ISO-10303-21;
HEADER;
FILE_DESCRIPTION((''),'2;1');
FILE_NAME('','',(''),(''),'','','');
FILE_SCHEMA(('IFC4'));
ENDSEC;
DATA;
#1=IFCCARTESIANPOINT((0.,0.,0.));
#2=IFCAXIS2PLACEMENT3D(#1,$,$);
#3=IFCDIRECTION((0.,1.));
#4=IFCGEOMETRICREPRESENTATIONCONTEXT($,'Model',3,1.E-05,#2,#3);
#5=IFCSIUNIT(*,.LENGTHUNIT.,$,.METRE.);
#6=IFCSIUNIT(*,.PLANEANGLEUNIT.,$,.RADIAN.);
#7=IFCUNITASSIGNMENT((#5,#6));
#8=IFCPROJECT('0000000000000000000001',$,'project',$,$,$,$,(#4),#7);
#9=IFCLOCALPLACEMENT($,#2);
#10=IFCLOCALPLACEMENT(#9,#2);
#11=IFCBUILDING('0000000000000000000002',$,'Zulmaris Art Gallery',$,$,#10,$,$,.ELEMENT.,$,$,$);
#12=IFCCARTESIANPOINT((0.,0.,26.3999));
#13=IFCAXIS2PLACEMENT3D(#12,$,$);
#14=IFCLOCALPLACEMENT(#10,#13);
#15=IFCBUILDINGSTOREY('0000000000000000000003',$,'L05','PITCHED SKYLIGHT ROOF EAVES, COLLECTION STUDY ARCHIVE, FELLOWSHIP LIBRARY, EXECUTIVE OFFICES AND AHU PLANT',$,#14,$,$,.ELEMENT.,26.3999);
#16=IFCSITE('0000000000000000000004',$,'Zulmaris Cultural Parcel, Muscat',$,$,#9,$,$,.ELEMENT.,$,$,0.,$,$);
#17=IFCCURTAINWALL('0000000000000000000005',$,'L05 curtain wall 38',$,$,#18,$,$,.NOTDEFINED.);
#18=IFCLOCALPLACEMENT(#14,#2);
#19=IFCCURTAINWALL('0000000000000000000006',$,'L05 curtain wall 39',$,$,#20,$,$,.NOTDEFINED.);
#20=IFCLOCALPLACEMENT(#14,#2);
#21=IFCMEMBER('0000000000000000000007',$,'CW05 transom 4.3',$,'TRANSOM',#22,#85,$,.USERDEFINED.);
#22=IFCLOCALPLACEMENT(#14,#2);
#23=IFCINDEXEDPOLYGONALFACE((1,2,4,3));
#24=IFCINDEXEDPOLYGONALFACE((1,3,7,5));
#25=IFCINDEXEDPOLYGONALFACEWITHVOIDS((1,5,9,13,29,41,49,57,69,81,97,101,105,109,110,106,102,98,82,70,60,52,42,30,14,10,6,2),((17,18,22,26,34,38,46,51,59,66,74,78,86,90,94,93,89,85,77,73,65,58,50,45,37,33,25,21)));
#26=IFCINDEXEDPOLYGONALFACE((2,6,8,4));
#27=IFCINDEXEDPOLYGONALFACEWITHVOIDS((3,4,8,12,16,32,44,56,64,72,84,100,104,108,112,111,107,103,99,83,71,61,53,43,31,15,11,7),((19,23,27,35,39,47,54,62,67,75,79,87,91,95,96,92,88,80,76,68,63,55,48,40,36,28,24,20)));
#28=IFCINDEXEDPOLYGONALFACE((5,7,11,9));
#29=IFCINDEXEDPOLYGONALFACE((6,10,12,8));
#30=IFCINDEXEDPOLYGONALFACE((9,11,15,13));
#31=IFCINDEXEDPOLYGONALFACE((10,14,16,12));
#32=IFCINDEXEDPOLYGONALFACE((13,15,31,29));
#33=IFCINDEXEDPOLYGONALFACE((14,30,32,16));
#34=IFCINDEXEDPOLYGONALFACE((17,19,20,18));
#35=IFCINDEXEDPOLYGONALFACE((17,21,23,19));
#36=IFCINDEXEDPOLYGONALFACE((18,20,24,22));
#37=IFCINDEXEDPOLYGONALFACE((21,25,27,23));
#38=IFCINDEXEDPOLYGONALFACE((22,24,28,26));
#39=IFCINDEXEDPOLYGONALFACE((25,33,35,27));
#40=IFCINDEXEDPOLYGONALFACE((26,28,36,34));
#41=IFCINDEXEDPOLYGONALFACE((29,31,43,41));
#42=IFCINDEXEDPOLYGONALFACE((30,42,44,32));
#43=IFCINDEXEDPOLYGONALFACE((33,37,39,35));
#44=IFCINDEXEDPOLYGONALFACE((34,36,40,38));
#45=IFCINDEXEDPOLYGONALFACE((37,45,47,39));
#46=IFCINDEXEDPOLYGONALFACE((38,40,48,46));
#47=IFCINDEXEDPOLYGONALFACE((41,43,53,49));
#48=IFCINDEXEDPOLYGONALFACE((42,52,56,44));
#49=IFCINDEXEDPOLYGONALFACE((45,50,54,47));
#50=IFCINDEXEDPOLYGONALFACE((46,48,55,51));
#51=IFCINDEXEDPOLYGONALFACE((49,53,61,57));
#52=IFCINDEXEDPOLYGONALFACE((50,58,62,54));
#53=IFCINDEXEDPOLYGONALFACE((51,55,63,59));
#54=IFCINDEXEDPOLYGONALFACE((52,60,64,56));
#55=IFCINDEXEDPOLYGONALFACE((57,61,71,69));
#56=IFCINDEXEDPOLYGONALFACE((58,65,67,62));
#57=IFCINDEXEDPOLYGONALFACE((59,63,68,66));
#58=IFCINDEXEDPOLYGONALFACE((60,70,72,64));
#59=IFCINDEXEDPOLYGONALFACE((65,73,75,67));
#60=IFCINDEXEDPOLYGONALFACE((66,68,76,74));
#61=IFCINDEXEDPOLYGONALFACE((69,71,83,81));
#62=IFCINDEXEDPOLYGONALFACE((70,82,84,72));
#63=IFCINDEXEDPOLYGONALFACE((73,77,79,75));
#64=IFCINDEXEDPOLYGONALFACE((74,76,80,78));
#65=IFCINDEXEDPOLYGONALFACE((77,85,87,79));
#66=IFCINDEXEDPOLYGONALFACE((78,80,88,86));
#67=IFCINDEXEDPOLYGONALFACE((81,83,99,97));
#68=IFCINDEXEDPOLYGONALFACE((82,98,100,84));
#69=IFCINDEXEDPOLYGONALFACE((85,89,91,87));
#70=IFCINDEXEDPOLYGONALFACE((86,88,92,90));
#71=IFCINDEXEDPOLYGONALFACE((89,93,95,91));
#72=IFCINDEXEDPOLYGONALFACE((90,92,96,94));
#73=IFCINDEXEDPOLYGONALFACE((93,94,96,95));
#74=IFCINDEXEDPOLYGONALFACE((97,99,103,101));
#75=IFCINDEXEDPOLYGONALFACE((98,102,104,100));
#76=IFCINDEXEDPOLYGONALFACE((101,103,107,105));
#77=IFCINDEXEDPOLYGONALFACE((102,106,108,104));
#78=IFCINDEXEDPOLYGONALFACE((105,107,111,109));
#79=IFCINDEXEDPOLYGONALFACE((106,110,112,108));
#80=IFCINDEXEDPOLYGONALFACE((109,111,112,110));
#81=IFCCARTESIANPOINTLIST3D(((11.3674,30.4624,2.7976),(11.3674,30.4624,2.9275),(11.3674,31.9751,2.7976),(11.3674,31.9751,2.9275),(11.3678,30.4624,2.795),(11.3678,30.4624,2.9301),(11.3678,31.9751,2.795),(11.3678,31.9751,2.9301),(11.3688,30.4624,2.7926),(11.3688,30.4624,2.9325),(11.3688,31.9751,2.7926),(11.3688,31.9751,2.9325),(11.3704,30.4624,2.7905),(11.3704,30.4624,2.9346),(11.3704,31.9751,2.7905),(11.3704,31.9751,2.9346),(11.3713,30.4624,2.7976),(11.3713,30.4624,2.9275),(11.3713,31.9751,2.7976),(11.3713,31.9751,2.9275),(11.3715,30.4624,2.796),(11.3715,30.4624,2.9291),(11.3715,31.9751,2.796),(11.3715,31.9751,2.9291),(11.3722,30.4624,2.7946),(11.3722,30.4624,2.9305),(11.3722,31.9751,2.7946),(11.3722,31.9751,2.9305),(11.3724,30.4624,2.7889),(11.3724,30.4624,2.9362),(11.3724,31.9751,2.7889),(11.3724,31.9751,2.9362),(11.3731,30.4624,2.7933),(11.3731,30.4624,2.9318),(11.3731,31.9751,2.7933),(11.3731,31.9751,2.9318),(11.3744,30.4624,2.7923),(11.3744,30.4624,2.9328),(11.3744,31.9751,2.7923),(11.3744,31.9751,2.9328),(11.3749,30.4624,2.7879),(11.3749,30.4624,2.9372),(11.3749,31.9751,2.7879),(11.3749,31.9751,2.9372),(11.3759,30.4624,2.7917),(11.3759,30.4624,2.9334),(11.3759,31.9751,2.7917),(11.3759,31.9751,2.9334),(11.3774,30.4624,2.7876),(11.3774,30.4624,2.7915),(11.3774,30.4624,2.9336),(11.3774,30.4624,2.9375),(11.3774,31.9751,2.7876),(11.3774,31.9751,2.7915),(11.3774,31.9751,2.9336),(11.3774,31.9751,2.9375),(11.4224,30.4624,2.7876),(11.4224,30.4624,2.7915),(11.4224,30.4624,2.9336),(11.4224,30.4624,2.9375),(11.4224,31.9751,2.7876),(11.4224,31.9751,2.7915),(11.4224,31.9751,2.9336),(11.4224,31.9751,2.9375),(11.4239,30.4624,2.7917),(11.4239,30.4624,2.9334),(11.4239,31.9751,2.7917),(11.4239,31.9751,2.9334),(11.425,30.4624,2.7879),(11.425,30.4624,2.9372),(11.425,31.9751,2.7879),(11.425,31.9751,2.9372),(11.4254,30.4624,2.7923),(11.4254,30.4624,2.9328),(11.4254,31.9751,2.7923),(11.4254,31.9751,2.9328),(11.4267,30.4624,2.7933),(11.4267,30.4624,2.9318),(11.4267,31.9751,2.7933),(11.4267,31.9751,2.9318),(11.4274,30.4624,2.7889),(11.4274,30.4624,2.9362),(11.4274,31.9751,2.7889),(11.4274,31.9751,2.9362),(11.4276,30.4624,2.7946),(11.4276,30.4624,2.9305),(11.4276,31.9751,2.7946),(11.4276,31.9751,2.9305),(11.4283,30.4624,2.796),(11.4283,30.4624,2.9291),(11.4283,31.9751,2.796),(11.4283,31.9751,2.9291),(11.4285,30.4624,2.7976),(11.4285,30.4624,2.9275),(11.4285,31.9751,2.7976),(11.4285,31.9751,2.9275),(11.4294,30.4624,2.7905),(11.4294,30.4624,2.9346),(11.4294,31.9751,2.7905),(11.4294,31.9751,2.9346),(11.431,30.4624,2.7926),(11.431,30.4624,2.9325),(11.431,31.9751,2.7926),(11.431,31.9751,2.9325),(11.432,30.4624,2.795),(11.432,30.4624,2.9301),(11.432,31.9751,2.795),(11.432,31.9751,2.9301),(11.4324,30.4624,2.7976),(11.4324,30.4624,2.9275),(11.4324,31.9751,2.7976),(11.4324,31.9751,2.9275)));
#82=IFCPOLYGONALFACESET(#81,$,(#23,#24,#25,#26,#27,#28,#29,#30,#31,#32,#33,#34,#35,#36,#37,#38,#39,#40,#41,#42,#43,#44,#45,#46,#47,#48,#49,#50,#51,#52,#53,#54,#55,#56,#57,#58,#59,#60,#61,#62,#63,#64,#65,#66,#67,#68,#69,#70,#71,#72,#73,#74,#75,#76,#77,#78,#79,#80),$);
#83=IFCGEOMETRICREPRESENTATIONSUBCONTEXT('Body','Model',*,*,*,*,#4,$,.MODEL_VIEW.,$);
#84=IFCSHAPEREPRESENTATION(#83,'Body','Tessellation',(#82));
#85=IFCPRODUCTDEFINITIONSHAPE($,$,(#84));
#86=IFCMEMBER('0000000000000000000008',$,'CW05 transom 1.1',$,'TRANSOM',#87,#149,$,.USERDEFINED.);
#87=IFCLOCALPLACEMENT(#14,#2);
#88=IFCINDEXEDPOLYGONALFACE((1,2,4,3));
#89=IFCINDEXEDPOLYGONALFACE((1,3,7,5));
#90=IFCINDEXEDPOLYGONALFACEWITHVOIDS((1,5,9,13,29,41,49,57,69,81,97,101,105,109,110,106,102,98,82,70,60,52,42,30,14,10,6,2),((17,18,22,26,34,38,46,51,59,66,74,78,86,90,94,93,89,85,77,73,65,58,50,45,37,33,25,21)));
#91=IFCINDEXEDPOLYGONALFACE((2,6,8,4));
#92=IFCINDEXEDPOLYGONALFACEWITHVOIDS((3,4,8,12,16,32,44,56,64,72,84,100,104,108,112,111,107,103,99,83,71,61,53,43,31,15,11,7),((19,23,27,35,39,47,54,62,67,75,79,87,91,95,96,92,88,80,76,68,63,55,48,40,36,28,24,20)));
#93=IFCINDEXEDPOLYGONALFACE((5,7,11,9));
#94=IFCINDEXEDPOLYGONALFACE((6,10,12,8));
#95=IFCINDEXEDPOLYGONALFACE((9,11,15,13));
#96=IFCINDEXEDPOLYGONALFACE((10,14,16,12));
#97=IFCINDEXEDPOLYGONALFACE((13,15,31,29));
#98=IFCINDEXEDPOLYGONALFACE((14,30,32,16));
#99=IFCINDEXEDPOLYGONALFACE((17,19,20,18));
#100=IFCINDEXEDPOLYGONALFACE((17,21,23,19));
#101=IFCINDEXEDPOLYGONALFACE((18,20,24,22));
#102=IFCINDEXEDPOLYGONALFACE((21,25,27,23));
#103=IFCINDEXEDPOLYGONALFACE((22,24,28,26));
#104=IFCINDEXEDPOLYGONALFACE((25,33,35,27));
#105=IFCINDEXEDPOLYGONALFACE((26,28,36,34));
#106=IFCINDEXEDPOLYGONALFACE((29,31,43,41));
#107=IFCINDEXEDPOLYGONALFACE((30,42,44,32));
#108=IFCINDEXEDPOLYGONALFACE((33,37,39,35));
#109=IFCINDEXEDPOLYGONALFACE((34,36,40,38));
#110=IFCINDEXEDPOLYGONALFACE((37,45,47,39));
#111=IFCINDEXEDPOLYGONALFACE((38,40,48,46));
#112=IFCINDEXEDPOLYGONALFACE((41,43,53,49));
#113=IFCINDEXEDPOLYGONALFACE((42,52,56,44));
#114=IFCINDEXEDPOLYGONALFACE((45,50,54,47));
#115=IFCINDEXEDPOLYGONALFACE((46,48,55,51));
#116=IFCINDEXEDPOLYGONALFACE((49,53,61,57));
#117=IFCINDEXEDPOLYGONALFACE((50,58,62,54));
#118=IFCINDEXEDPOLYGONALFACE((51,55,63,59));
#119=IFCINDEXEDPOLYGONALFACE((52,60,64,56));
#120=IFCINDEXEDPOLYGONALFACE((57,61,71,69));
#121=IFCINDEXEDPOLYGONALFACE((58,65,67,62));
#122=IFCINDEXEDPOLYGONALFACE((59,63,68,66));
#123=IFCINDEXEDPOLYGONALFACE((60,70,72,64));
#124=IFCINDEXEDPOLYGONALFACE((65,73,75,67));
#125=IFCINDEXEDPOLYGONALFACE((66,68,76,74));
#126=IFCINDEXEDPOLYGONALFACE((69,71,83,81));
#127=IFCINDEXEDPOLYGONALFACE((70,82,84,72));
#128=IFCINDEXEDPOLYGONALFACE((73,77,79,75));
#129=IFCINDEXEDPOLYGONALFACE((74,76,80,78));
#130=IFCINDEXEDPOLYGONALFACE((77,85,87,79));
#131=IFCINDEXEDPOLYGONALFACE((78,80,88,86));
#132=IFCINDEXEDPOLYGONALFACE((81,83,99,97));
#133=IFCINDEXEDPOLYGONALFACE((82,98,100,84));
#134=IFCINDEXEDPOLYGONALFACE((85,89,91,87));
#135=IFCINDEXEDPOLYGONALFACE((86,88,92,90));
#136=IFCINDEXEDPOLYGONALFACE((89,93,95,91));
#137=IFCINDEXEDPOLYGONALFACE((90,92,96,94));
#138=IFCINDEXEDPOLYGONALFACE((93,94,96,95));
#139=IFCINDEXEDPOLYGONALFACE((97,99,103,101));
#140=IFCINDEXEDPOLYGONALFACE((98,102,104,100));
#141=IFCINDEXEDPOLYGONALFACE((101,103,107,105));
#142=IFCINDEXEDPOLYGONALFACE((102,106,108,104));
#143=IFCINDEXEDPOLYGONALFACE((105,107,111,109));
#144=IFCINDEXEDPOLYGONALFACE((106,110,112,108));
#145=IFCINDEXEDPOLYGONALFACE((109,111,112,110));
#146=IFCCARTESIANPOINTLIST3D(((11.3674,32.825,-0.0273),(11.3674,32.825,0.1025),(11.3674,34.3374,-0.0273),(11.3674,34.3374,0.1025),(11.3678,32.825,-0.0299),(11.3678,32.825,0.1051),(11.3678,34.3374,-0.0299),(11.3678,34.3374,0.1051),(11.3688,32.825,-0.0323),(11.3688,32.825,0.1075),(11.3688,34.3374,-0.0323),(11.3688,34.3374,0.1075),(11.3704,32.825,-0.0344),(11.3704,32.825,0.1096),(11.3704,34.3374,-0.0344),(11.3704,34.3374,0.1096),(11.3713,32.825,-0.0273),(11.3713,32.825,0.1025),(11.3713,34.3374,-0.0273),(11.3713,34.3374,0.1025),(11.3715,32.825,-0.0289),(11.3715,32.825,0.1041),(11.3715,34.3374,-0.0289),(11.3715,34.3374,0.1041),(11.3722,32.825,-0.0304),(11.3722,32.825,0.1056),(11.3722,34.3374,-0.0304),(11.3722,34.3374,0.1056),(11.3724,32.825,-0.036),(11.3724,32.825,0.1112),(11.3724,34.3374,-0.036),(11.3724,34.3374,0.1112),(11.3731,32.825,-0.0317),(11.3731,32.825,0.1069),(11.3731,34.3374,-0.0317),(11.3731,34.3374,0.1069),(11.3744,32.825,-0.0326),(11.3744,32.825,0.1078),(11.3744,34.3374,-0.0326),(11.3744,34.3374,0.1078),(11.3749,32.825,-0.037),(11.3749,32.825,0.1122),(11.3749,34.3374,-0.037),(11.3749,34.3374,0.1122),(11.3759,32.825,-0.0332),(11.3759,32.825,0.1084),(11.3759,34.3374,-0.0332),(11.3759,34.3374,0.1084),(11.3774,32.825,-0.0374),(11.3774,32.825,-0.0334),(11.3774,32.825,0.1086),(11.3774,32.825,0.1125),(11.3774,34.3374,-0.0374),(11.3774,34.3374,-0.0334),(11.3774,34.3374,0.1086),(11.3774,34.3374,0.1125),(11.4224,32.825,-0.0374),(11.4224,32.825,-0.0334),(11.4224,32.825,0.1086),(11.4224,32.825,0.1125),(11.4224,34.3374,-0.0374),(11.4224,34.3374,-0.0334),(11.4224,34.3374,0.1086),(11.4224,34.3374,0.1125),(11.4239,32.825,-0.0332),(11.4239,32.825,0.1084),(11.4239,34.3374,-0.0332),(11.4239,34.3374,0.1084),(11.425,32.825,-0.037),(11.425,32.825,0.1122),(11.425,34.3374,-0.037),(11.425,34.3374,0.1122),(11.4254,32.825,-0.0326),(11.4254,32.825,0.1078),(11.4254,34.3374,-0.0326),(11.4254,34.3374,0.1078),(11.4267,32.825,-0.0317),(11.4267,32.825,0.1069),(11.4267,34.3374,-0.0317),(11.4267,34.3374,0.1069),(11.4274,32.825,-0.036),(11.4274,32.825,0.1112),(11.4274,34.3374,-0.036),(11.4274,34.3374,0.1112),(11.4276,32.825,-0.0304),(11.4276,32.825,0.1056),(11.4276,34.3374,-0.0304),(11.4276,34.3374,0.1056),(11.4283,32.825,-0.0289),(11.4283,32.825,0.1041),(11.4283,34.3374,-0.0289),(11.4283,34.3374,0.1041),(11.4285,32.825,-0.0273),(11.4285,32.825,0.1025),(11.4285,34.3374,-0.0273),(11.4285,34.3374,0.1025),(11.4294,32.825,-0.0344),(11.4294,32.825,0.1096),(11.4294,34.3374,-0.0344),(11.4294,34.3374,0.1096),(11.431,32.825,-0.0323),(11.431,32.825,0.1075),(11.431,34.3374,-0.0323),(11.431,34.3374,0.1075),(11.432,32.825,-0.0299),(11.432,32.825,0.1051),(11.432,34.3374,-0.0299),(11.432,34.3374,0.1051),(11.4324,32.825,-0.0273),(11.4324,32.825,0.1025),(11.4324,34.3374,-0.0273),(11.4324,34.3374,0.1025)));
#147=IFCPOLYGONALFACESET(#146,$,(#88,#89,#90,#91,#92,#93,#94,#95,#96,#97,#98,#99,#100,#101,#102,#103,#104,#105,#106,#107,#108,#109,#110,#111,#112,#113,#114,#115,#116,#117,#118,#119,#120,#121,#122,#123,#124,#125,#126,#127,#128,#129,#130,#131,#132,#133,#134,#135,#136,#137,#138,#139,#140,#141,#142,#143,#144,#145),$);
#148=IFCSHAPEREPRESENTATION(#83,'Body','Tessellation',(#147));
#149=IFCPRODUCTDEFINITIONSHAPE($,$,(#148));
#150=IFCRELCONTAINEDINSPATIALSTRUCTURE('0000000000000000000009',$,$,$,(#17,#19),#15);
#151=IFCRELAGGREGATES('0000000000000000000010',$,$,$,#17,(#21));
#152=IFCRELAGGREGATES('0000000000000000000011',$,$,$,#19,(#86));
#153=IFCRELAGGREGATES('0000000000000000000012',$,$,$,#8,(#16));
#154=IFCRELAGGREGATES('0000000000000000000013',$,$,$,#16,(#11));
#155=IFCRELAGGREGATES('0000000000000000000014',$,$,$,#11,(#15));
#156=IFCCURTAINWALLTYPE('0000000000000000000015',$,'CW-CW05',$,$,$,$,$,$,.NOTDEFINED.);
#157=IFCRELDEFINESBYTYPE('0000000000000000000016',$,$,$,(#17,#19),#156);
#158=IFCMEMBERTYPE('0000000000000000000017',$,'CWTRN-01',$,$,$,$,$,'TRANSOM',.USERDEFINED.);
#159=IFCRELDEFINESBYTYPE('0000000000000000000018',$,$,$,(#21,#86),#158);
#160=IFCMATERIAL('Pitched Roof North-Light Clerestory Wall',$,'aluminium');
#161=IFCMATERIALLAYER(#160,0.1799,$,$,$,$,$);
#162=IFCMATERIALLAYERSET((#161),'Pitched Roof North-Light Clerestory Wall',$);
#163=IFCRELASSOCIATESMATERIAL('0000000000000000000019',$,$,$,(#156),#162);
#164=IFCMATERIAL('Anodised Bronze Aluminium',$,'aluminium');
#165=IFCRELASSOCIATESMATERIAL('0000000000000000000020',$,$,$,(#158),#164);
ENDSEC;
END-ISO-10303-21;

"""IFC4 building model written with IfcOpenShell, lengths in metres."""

from ifc_helpers import new_model, si_unit, direction, frame, origin, origin_2d, place, context, subcontext, project, spatial, hollow_rectangle, extrude, material, layer, layer_set, material_profile, profile_set, type_object, element, aggregate, save


model = new_model("IFC4")

# Units and contexts
model_context = context("Model", 3, precision=1e-05, world=origin(), true_north=direction((0.0, 1.0)))
body_context = subcontext(model_context, "Body", "Model", "MODEL_VIEW")
ifc_project = project(units=[si_unit("LENGTHUNIT", "METRE"), si_unit("PLANEANGLEUNIT", "RADIAN")], contexts=[model_context])

# Site, building, storey
site_placement = place(None, origin())
site = spatial("IfcSite", under=ifc_project, at=site_placement, Name="Zulmaris Cultural Parcel, Muscat", CompositionType="ELEMENT", RefElevation=0.0)
building_placement = place(site_placement, origin())
building = spatial("IfcBuilding", under=site, at=building_placement, Name="Zulmaris Art Gallery", CompositionType="ELEMENT")
storey_placement = place(building_placement, frame((0.0, 0.0, 26.3999)))
storey = spatial("IfcBuildingStorey", under=building, at=storey_placement, Name="L05", Description="PITCHED SKYLIGHT ROOF EAVES, COLLECTION STUDY ARCHIVE, FELLOWSHIP LIBRARY, EXECUTIVE OFFICES AND AHU PLANT", CompositionType="ELEMENT", Elevation=26.3999)

# Curtain walls
ifc_material_1 = material(Name="Pitched Roof North-Light Clerestory Wall", Category="aluminium")
ifc_layer_1 = layer(ifc_material_1, 0.1799)
ifc_layer_set_1 = layer_set([ifc_layer_1], Name="Pitched Roof North-Light Clerestory Wall")
curtain_wall_type = type_object("IfcCurtainWallType", Name="CW-CW05", PredefinedType="NOTDEFINED", material=ifc_layer_set_1)
curtain_wall_1_placement = place(storey_placement, origin())
curtain_wall_1 = element("IfcCurtainWall", 1, at=curtain_wall_1_placement, inside=storey, type_object=curtain_wall_type, Name="L05 curtain wall 38", PredefinedType="NOTDEFINED")
ifc_material_2 = material(Name="Anodised Bronze Aluminium", Category="aluminium")
curtain_wall_2_placement = place(storey_placement, origin())
curtain_wall_2 = element("IfcCurtainWall", 2, at=curtain_wall_2_placement, inside=storey, type_object=curtain_wall_type, Name="L05 curtain wall 39", PredefinedType="NOTDEFINED")

# Members
ifc_material_profile_1 = material_profile(ifc_material_2, hollow_rectangle(XDim=0.0649, YDim=0.1499, WallThickness=0.0039, InnerFilletRadius=0.0061, OuterFilletRadius=0.01, at=origin_2d()), Name="ALU 65x150x4")
ifc_profile_set_1 = profile_set([ifc_material_profile_1], Name="Anodised Bronze Aluminium")
member_type_1 = type_object("IfcMemberType", Name="CWTRN-01", ElementType="TRANSOM", PredefinedType="USERDEFINED", material=ifc_profile_set_1)
member_1_placement = place(storey_placement, frame((11.3999, 30.4624, 2.8625), z_axis=(0.0, 1.0, 0.0), x_axis=(-1.0, 0.0, 0.0)))
member_1 = element("IfcMember", 3, at=member_1_placement, type_object=member_type_1, Name="CW05 transom 4.3", ObjectType="TRANSOM", PredefinedType="USERDEFINED", context=body_context, shape_type="SweptSolid", body=[
    extrude(hollow_rectangle(XDim=0.0649, YDim=0.1499, WallThickness=0.0039, InnerFilletRadius=0.0061, OuterFilletRadius=0.01, at=origin_2d()), origin(), (0.0, 0.0, 1.0), 1.5127),
])
member_2_placement = place(storey_placement, frame((11.3999, 32.825, 0.0376), z_axis=(0.0, 1.0, 0.0), x_axis=(-1.0, 0.0, 0.0)))
member_2 = element("IfcMember", 4, at=member_2_placement, type_object=member_type_1, Name="CW05 transom 1.1", ObjectType="TRANSOM", PredefinedType="USERDEFINED", context=body_context, shape_type="SweptSolid", body=[
    extrude(hollow_rectangle(XDim=0.0649, YDim=0.1499, WallThickness=0.0039, InnerFilletRadius=0.0061, OuterFilletRadius=0.01, at=origin_2d()), origin(), (0.0, 0.0, 1.0), 1.5125),
])

aggregate(curtain_wall_1, [member_1])
aggregate(curtain_wall_2, [member_2])

save(model, "model.ifc")
